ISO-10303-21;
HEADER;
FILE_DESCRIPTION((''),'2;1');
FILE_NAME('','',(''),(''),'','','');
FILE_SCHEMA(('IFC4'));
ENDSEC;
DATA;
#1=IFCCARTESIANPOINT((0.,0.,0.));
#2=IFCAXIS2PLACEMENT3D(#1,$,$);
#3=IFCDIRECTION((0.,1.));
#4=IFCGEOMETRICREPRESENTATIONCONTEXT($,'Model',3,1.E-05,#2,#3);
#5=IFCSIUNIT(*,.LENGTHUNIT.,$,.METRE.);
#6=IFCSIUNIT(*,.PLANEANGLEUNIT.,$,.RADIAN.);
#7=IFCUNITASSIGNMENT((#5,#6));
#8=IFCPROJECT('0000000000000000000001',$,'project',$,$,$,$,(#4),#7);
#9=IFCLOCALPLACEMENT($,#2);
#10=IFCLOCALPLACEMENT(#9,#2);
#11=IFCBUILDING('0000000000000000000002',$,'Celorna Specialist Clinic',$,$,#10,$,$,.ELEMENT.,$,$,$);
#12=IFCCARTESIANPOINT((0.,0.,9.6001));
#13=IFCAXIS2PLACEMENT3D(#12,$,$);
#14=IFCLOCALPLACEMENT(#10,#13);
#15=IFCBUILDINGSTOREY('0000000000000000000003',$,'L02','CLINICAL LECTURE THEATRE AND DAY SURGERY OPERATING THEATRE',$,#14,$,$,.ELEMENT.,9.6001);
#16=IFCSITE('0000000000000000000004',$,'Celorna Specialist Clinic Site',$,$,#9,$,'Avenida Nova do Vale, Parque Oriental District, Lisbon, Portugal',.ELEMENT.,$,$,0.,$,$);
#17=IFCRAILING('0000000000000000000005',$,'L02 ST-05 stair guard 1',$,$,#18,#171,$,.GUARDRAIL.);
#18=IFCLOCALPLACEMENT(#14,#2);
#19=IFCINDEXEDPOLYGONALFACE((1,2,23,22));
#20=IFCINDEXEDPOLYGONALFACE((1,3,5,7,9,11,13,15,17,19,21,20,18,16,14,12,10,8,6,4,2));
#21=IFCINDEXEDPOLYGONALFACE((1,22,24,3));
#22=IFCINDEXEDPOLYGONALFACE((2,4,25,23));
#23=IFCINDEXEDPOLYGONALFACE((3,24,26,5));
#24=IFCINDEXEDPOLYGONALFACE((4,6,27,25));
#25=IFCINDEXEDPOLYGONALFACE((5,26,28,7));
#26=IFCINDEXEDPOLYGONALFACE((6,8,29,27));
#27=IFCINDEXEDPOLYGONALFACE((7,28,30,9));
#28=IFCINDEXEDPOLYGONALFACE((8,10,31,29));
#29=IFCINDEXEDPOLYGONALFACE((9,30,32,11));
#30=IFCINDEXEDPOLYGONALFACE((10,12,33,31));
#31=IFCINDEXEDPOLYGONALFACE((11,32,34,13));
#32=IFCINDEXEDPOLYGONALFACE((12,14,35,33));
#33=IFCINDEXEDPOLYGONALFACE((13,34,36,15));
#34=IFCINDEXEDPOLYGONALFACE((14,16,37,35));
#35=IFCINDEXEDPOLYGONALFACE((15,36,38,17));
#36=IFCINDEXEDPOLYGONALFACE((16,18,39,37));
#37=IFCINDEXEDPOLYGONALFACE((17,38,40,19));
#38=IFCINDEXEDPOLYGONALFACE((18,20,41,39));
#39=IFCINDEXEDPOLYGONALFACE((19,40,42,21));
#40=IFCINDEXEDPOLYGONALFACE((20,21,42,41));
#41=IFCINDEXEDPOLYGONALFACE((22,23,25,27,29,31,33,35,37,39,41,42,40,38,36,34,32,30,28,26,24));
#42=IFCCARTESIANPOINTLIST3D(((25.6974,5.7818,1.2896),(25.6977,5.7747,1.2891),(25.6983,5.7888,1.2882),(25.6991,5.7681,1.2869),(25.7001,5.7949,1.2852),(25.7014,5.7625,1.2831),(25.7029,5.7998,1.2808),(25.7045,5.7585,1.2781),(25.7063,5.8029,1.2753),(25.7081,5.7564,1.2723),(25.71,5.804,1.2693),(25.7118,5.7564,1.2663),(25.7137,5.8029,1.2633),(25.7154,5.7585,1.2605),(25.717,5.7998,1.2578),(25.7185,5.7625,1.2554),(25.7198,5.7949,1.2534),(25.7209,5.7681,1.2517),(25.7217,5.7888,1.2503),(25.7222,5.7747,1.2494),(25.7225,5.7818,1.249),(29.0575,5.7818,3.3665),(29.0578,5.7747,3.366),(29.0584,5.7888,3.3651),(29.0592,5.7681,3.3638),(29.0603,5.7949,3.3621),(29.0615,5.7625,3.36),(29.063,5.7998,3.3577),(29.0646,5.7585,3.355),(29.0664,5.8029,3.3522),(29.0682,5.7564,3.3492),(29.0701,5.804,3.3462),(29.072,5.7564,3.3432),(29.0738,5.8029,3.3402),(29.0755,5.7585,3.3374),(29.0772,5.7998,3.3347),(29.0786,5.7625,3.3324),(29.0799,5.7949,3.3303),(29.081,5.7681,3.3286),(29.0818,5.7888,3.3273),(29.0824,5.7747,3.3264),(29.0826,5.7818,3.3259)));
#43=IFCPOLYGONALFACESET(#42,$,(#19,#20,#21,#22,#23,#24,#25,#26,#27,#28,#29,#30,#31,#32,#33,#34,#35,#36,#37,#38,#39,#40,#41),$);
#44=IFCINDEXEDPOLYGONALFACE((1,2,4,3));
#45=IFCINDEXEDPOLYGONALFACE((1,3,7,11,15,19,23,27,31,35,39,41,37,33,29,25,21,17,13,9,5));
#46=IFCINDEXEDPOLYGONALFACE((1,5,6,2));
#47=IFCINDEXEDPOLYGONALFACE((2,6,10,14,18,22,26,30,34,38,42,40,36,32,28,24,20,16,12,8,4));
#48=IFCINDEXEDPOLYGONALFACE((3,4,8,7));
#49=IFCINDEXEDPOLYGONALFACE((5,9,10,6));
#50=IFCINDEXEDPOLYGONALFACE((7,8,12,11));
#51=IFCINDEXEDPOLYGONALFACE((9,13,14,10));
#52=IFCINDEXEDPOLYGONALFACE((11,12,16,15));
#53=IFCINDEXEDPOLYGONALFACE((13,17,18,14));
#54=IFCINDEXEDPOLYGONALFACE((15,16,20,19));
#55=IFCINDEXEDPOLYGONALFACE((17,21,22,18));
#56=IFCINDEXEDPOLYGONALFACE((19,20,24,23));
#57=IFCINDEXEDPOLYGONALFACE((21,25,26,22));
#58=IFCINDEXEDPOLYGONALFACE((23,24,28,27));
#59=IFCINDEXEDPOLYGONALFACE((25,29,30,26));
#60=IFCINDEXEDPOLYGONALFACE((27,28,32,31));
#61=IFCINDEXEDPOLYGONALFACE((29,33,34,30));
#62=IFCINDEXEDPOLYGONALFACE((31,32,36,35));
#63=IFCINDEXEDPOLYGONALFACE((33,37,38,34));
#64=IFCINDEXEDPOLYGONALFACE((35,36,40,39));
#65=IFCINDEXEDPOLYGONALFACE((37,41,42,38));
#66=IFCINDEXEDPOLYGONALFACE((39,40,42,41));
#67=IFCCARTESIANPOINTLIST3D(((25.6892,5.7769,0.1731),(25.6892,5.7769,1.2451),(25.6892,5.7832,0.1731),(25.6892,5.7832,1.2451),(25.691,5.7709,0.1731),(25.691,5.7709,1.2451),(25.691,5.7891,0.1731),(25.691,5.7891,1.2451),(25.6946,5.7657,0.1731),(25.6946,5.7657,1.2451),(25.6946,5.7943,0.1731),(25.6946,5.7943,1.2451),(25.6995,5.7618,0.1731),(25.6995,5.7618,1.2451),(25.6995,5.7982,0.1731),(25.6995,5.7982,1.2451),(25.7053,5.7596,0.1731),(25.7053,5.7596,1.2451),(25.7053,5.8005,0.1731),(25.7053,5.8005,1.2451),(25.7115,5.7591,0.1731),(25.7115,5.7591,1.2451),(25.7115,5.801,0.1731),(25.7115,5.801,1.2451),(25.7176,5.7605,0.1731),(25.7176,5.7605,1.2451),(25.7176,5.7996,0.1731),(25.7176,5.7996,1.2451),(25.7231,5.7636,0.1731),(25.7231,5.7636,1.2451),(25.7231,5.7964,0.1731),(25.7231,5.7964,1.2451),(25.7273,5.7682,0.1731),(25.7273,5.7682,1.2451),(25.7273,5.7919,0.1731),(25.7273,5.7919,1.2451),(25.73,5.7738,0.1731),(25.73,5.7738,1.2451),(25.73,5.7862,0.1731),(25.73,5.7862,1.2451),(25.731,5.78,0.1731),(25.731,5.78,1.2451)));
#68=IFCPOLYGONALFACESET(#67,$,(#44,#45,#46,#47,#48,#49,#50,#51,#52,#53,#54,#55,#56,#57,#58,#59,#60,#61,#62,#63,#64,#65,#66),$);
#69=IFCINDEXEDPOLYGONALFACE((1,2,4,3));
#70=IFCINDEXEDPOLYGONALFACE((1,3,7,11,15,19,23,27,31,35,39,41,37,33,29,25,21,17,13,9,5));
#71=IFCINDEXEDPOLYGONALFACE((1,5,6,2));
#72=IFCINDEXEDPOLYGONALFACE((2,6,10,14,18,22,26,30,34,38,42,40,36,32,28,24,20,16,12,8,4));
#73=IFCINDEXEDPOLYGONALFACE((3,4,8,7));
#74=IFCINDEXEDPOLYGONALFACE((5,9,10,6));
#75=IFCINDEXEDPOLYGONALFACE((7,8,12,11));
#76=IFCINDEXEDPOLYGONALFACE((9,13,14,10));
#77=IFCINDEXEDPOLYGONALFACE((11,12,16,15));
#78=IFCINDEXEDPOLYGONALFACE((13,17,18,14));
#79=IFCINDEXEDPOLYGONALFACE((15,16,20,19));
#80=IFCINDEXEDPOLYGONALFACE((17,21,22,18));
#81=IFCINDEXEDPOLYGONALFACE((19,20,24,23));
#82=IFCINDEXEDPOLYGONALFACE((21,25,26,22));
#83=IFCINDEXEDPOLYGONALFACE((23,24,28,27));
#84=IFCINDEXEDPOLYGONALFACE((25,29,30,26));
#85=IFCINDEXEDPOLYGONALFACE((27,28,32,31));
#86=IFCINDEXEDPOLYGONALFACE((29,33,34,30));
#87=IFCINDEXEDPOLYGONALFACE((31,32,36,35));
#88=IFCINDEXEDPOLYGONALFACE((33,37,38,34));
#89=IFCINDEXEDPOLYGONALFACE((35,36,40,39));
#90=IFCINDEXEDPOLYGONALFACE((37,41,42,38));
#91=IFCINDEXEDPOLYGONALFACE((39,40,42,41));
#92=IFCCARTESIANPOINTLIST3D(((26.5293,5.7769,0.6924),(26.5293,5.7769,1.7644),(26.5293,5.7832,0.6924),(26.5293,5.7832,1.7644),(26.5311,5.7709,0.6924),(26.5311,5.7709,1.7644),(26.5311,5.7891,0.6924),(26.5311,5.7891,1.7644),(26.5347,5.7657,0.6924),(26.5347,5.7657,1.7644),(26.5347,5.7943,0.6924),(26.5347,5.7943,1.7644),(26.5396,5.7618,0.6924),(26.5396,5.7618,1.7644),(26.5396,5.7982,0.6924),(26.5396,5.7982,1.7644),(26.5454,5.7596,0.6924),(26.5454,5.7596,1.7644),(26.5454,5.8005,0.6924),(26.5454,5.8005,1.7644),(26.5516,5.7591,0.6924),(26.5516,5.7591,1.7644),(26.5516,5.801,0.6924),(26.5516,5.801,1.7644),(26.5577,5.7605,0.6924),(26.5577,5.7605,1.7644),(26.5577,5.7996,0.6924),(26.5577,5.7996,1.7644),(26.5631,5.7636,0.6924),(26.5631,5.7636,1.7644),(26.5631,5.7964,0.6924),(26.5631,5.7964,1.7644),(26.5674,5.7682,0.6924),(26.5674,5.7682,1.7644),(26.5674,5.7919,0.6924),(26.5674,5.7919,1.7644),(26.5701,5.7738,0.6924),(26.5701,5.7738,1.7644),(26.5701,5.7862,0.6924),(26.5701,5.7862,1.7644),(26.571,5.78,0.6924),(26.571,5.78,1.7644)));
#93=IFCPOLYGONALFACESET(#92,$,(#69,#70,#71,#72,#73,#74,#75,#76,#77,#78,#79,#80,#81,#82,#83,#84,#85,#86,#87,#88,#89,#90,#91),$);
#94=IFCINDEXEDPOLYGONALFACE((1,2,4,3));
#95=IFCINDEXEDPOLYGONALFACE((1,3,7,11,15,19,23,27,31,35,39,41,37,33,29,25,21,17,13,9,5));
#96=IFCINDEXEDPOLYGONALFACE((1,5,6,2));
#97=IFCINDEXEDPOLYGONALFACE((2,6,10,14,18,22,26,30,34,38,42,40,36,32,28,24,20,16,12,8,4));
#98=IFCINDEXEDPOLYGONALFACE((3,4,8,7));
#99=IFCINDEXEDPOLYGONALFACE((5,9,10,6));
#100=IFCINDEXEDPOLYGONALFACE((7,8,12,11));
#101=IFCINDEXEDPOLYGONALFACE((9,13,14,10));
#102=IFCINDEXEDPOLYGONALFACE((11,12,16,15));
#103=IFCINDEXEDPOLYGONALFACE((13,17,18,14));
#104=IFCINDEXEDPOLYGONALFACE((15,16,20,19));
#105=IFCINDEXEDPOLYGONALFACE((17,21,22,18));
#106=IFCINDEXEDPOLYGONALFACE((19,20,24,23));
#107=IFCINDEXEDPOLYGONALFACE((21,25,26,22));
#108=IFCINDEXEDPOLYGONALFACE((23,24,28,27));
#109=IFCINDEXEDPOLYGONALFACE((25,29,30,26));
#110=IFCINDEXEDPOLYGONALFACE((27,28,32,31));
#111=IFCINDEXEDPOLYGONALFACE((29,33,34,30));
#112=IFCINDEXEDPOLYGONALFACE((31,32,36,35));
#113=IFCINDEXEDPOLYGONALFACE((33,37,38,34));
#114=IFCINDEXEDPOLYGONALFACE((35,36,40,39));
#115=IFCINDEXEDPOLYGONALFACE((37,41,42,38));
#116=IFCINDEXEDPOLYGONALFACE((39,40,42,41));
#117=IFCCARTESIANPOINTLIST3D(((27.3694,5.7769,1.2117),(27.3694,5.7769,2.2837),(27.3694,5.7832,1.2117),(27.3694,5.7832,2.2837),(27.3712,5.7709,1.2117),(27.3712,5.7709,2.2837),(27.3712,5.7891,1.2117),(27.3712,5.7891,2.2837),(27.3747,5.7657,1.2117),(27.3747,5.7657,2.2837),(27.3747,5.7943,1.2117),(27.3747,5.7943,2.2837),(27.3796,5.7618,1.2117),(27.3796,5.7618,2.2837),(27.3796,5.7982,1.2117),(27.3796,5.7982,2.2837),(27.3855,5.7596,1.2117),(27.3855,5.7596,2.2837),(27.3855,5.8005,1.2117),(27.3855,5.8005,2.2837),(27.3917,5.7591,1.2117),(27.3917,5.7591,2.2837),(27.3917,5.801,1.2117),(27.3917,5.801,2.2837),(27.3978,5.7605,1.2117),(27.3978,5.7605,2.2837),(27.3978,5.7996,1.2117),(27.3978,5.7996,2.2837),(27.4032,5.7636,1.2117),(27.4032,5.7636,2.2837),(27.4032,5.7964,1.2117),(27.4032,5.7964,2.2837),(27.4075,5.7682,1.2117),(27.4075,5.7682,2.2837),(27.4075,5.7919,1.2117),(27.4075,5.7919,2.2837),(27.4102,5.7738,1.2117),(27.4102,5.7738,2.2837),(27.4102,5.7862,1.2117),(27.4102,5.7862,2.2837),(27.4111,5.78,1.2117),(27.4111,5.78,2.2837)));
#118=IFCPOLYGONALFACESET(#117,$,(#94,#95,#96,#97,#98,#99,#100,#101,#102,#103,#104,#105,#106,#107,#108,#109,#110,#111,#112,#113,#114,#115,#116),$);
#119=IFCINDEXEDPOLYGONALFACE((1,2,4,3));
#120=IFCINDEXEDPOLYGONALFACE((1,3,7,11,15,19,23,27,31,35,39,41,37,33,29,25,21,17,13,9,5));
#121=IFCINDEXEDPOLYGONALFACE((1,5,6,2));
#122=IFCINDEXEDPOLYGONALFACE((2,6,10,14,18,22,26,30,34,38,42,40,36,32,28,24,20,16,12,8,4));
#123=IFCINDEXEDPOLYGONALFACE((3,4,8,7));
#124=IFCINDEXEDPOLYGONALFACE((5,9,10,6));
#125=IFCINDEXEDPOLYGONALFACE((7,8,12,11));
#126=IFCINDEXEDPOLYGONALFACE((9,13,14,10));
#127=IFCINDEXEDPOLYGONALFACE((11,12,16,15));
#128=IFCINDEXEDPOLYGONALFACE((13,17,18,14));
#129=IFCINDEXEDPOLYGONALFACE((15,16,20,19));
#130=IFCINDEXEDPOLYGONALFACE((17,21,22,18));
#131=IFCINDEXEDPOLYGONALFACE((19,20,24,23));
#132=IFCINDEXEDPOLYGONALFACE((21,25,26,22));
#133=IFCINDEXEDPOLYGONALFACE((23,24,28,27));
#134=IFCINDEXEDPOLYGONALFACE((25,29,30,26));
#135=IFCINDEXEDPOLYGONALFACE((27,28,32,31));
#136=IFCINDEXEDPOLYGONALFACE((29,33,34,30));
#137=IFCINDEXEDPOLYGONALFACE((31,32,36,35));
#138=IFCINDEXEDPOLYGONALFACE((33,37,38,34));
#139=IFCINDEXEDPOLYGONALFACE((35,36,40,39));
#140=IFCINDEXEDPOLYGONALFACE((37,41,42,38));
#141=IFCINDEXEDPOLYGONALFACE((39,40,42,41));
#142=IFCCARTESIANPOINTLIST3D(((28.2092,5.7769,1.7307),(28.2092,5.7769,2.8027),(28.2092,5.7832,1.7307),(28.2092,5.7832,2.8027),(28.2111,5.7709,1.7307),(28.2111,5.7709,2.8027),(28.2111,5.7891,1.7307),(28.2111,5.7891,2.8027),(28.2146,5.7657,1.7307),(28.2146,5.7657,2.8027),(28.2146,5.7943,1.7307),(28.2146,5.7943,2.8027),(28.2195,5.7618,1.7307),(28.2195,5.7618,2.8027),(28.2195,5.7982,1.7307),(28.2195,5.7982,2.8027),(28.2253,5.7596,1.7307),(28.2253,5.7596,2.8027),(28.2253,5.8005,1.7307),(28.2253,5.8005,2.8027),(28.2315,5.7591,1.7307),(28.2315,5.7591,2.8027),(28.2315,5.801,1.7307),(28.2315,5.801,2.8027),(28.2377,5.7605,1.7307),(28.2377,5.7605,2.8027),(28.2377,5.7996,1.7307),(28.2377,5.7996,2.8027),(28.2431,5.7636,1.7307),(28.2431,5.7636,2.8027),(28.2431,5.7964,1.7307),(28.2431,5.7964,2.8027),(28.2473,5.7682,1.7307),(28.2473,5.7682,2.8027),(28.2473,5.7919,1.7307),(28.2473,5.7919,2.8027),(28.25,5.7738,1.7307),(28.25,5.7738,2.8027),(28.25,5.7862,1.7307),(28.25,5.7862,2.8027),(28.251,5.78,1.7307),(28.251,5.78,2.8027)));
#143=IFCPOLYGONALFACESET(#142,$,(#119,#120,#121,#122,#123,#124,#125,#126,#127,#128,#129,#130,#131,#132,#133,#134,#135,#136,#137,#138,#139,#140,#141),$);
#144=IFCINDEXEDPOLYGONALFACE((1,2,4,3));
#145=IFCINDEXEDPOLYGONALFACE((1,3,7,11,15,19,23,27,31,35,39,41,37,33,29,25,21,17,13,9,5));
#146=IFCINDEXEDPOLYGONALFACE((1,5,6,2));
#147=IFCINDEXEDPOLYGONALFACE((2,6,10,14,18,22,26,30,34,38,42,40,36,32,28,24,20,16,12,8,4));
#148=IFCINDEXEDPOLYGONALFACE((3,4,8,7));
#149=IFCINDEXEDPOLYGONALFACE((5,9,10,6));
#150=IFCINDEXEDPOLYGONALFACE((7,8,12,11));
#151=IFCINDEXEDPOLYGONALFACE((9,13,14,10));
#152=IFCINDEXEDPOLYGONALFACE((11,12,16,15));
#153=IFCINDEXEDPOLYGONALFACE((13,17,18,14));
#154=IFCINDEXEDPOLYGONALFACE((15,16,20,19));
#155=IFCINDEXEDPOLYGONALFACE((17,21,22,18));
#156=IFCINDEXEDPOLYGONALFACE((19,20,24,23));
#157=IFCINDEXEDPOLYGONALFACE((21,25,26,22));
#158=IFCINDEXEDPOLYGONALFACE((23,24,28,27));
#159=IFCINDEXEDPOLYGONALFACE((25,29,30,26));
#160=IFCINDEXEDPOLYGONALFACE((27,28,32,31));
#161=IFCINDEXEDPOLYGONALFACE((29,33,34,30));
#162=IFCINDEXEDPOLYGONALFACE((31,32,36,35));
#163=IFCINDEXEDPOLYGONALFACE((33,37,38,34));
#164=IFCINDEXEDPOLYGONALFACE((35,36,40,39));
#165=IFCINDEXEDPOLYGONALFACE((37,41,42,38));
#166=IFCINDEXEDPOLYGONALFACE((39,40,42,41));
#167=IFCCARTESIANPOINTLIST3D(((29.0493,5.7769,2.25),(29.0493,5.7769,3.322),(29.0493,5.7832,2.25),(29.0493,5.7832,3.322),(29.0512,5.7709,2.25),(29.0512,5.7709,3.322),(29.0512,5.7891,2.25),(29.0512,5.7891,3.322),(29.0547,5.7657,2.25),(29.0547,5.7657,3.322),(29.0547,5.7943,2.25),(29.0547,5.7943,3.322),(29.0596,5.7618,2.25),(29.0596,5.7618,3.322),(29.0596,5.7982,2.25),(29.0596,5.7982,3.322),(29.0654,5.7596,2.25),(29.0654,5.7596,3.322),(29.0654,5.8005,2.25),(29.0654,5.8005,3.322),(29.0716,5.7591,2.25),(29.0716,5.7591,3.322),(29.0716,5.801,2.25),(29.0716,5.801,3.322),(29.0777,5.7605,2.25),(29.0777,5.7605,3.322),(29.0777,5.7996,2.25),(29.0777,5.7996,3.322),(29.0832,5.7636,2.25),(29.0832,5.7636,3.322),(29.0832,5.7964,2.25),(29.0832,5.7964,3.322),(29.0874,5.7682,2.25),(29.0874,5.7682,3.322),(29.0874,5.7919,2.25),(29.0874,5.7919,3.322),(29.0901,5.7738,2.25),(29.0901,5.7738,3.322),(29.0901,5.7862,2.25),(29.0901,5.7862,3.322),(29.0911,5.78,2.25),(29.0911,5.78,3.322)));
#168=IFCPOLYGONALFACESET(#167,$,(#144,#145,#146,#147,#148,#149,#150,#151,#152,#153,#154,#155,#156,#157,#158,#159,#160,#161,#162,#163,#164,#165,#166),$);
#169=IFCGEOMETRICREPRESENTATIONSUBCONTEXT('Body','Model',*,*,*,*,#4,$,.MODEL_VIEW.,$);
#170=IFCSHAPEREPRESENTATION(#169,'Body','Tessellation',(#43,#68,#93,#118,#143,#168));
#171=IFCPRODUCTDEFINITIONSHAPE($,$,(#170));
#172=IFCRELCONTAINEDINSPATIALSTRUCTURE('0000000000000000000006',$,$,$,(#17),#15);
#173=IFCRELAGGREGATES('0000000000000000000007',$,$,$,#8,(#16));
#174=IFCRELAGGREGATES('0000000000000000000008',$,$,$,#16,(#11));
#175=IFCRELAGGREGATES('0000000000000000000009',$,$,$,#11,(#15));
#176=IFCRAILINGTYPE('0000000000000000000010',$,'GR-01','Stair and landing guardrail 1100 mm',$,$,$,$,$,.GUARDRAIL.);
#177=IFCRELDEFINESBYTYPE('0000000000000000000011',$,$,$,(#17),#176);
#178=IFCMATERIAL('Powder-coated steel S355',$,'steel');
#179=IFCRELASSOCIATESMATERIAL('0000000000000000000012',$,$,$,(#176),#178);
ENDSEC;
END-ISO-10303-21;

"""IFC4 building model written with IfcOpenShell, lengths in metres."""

from ifc_helpers import new_model, si_unit, direction, frame, origin, origin_2d, place, context, subcontext, project, spatial, circle, extrude, material, type_object, element, save


model = new_model("IFC4")

# Units and contexts
model_context = context("Model", 3, precision=1e-05, world=origin(), true_north=direction((0.0, 1.0)))
body_context = subcontext(model_context, "Body", "Model", "MODEL_VIEW")
ifc_project = project(units=[si_unit("LENGTHUNIT", "METRE"), si_unit("PLANEANGLEUNIT", "RADIAN")], contexts=[model_context])

# Site, building, storey
site_placement = place(None, origin())
site = spatial("IfcSite", under=ifc_project, at=site_placement, Name="Celorna Specialist Clinic Site", LongName="Avenida Nova do Vale, Parque Oriental District, Lisbon, Portugal", CompositionType="ELEMENT", RefElevation=0.0)
building_placement = place(site_placement, origin())
building = spatial("IfcBuilding", under=site, at=building_placement, Name="Celorna Specialist Clinic", CompositionType="ELEMENT")
storey_placement = place(building_placement, frame((0.0, 0.0, 9.6001)))
storey = spatial("IfcBuildingStorey", under=building, at=storey_placement, Name="L02", Description="CLINICAL LECTURE THEATRE AND DAY SURGERY OPERATING THEATRE", CompositionType="ELEMENT", Elevation=9.6001)

# Railing
ifc_material_1 = material(Name="Powder-coated steel S355", Category="steel")
railing_type_1 = type_object("IfcRailingType", Name="GR-01", Description="Stair and landing guardrail 1100 mm", PredefinedType="GUARDRAIL", material=ifc_material_1)
railing_1_placement = place(storey_placement, frame((25.71, 5.78, 0.1731)))
element("IfcRailing", 1, at=railing_1_placement, inside=storey, type_object=railing_type_1, Name="L02 ST-05 stair guard 1", PredefinedType="GUARDRAIL", context=body_context, shape_type="SweptSolid", body=[
    extrude(circle(Radius=0.0239, at=origin_2d()), frame((0.0, 0.0, 1.0962), z_axis=(0.850623, 0.0, 0.525776), x_axis=(0.0, 1.0, 0.0)), (0.0, 0.0, 1.0), 3.9502),
    extrude(circle(Radius=0.021, at=origin_2d()), origin(), (0.0, 0.0, 1.0), 1.072),
    extrude(circle(Radius=0.021, at=origin_2d()), frame((0.8401, 0.0, 0.5193)), (0.0, 0.0, 1.0), 1.072),
    extrude(circle(Radius=0.021, at=origin_2d()), frame((1.6802, 0.0, 1.0386)), (0.0, 0.0, 1.0), 1.072),
    extrude(circle(Radius=0.021, at=origin_2d()), frame((2.52, 0.0, 1.5576)), (0.0, 0.0, 1.0), 1.072),
    extrude(circle(Radius=0.021, at=origin_2d()), frame((3.3601, 0.0, 2.0769)), (0.0, 0.0, 1.0), 1.072),
])

save(model, "model.ifc")
